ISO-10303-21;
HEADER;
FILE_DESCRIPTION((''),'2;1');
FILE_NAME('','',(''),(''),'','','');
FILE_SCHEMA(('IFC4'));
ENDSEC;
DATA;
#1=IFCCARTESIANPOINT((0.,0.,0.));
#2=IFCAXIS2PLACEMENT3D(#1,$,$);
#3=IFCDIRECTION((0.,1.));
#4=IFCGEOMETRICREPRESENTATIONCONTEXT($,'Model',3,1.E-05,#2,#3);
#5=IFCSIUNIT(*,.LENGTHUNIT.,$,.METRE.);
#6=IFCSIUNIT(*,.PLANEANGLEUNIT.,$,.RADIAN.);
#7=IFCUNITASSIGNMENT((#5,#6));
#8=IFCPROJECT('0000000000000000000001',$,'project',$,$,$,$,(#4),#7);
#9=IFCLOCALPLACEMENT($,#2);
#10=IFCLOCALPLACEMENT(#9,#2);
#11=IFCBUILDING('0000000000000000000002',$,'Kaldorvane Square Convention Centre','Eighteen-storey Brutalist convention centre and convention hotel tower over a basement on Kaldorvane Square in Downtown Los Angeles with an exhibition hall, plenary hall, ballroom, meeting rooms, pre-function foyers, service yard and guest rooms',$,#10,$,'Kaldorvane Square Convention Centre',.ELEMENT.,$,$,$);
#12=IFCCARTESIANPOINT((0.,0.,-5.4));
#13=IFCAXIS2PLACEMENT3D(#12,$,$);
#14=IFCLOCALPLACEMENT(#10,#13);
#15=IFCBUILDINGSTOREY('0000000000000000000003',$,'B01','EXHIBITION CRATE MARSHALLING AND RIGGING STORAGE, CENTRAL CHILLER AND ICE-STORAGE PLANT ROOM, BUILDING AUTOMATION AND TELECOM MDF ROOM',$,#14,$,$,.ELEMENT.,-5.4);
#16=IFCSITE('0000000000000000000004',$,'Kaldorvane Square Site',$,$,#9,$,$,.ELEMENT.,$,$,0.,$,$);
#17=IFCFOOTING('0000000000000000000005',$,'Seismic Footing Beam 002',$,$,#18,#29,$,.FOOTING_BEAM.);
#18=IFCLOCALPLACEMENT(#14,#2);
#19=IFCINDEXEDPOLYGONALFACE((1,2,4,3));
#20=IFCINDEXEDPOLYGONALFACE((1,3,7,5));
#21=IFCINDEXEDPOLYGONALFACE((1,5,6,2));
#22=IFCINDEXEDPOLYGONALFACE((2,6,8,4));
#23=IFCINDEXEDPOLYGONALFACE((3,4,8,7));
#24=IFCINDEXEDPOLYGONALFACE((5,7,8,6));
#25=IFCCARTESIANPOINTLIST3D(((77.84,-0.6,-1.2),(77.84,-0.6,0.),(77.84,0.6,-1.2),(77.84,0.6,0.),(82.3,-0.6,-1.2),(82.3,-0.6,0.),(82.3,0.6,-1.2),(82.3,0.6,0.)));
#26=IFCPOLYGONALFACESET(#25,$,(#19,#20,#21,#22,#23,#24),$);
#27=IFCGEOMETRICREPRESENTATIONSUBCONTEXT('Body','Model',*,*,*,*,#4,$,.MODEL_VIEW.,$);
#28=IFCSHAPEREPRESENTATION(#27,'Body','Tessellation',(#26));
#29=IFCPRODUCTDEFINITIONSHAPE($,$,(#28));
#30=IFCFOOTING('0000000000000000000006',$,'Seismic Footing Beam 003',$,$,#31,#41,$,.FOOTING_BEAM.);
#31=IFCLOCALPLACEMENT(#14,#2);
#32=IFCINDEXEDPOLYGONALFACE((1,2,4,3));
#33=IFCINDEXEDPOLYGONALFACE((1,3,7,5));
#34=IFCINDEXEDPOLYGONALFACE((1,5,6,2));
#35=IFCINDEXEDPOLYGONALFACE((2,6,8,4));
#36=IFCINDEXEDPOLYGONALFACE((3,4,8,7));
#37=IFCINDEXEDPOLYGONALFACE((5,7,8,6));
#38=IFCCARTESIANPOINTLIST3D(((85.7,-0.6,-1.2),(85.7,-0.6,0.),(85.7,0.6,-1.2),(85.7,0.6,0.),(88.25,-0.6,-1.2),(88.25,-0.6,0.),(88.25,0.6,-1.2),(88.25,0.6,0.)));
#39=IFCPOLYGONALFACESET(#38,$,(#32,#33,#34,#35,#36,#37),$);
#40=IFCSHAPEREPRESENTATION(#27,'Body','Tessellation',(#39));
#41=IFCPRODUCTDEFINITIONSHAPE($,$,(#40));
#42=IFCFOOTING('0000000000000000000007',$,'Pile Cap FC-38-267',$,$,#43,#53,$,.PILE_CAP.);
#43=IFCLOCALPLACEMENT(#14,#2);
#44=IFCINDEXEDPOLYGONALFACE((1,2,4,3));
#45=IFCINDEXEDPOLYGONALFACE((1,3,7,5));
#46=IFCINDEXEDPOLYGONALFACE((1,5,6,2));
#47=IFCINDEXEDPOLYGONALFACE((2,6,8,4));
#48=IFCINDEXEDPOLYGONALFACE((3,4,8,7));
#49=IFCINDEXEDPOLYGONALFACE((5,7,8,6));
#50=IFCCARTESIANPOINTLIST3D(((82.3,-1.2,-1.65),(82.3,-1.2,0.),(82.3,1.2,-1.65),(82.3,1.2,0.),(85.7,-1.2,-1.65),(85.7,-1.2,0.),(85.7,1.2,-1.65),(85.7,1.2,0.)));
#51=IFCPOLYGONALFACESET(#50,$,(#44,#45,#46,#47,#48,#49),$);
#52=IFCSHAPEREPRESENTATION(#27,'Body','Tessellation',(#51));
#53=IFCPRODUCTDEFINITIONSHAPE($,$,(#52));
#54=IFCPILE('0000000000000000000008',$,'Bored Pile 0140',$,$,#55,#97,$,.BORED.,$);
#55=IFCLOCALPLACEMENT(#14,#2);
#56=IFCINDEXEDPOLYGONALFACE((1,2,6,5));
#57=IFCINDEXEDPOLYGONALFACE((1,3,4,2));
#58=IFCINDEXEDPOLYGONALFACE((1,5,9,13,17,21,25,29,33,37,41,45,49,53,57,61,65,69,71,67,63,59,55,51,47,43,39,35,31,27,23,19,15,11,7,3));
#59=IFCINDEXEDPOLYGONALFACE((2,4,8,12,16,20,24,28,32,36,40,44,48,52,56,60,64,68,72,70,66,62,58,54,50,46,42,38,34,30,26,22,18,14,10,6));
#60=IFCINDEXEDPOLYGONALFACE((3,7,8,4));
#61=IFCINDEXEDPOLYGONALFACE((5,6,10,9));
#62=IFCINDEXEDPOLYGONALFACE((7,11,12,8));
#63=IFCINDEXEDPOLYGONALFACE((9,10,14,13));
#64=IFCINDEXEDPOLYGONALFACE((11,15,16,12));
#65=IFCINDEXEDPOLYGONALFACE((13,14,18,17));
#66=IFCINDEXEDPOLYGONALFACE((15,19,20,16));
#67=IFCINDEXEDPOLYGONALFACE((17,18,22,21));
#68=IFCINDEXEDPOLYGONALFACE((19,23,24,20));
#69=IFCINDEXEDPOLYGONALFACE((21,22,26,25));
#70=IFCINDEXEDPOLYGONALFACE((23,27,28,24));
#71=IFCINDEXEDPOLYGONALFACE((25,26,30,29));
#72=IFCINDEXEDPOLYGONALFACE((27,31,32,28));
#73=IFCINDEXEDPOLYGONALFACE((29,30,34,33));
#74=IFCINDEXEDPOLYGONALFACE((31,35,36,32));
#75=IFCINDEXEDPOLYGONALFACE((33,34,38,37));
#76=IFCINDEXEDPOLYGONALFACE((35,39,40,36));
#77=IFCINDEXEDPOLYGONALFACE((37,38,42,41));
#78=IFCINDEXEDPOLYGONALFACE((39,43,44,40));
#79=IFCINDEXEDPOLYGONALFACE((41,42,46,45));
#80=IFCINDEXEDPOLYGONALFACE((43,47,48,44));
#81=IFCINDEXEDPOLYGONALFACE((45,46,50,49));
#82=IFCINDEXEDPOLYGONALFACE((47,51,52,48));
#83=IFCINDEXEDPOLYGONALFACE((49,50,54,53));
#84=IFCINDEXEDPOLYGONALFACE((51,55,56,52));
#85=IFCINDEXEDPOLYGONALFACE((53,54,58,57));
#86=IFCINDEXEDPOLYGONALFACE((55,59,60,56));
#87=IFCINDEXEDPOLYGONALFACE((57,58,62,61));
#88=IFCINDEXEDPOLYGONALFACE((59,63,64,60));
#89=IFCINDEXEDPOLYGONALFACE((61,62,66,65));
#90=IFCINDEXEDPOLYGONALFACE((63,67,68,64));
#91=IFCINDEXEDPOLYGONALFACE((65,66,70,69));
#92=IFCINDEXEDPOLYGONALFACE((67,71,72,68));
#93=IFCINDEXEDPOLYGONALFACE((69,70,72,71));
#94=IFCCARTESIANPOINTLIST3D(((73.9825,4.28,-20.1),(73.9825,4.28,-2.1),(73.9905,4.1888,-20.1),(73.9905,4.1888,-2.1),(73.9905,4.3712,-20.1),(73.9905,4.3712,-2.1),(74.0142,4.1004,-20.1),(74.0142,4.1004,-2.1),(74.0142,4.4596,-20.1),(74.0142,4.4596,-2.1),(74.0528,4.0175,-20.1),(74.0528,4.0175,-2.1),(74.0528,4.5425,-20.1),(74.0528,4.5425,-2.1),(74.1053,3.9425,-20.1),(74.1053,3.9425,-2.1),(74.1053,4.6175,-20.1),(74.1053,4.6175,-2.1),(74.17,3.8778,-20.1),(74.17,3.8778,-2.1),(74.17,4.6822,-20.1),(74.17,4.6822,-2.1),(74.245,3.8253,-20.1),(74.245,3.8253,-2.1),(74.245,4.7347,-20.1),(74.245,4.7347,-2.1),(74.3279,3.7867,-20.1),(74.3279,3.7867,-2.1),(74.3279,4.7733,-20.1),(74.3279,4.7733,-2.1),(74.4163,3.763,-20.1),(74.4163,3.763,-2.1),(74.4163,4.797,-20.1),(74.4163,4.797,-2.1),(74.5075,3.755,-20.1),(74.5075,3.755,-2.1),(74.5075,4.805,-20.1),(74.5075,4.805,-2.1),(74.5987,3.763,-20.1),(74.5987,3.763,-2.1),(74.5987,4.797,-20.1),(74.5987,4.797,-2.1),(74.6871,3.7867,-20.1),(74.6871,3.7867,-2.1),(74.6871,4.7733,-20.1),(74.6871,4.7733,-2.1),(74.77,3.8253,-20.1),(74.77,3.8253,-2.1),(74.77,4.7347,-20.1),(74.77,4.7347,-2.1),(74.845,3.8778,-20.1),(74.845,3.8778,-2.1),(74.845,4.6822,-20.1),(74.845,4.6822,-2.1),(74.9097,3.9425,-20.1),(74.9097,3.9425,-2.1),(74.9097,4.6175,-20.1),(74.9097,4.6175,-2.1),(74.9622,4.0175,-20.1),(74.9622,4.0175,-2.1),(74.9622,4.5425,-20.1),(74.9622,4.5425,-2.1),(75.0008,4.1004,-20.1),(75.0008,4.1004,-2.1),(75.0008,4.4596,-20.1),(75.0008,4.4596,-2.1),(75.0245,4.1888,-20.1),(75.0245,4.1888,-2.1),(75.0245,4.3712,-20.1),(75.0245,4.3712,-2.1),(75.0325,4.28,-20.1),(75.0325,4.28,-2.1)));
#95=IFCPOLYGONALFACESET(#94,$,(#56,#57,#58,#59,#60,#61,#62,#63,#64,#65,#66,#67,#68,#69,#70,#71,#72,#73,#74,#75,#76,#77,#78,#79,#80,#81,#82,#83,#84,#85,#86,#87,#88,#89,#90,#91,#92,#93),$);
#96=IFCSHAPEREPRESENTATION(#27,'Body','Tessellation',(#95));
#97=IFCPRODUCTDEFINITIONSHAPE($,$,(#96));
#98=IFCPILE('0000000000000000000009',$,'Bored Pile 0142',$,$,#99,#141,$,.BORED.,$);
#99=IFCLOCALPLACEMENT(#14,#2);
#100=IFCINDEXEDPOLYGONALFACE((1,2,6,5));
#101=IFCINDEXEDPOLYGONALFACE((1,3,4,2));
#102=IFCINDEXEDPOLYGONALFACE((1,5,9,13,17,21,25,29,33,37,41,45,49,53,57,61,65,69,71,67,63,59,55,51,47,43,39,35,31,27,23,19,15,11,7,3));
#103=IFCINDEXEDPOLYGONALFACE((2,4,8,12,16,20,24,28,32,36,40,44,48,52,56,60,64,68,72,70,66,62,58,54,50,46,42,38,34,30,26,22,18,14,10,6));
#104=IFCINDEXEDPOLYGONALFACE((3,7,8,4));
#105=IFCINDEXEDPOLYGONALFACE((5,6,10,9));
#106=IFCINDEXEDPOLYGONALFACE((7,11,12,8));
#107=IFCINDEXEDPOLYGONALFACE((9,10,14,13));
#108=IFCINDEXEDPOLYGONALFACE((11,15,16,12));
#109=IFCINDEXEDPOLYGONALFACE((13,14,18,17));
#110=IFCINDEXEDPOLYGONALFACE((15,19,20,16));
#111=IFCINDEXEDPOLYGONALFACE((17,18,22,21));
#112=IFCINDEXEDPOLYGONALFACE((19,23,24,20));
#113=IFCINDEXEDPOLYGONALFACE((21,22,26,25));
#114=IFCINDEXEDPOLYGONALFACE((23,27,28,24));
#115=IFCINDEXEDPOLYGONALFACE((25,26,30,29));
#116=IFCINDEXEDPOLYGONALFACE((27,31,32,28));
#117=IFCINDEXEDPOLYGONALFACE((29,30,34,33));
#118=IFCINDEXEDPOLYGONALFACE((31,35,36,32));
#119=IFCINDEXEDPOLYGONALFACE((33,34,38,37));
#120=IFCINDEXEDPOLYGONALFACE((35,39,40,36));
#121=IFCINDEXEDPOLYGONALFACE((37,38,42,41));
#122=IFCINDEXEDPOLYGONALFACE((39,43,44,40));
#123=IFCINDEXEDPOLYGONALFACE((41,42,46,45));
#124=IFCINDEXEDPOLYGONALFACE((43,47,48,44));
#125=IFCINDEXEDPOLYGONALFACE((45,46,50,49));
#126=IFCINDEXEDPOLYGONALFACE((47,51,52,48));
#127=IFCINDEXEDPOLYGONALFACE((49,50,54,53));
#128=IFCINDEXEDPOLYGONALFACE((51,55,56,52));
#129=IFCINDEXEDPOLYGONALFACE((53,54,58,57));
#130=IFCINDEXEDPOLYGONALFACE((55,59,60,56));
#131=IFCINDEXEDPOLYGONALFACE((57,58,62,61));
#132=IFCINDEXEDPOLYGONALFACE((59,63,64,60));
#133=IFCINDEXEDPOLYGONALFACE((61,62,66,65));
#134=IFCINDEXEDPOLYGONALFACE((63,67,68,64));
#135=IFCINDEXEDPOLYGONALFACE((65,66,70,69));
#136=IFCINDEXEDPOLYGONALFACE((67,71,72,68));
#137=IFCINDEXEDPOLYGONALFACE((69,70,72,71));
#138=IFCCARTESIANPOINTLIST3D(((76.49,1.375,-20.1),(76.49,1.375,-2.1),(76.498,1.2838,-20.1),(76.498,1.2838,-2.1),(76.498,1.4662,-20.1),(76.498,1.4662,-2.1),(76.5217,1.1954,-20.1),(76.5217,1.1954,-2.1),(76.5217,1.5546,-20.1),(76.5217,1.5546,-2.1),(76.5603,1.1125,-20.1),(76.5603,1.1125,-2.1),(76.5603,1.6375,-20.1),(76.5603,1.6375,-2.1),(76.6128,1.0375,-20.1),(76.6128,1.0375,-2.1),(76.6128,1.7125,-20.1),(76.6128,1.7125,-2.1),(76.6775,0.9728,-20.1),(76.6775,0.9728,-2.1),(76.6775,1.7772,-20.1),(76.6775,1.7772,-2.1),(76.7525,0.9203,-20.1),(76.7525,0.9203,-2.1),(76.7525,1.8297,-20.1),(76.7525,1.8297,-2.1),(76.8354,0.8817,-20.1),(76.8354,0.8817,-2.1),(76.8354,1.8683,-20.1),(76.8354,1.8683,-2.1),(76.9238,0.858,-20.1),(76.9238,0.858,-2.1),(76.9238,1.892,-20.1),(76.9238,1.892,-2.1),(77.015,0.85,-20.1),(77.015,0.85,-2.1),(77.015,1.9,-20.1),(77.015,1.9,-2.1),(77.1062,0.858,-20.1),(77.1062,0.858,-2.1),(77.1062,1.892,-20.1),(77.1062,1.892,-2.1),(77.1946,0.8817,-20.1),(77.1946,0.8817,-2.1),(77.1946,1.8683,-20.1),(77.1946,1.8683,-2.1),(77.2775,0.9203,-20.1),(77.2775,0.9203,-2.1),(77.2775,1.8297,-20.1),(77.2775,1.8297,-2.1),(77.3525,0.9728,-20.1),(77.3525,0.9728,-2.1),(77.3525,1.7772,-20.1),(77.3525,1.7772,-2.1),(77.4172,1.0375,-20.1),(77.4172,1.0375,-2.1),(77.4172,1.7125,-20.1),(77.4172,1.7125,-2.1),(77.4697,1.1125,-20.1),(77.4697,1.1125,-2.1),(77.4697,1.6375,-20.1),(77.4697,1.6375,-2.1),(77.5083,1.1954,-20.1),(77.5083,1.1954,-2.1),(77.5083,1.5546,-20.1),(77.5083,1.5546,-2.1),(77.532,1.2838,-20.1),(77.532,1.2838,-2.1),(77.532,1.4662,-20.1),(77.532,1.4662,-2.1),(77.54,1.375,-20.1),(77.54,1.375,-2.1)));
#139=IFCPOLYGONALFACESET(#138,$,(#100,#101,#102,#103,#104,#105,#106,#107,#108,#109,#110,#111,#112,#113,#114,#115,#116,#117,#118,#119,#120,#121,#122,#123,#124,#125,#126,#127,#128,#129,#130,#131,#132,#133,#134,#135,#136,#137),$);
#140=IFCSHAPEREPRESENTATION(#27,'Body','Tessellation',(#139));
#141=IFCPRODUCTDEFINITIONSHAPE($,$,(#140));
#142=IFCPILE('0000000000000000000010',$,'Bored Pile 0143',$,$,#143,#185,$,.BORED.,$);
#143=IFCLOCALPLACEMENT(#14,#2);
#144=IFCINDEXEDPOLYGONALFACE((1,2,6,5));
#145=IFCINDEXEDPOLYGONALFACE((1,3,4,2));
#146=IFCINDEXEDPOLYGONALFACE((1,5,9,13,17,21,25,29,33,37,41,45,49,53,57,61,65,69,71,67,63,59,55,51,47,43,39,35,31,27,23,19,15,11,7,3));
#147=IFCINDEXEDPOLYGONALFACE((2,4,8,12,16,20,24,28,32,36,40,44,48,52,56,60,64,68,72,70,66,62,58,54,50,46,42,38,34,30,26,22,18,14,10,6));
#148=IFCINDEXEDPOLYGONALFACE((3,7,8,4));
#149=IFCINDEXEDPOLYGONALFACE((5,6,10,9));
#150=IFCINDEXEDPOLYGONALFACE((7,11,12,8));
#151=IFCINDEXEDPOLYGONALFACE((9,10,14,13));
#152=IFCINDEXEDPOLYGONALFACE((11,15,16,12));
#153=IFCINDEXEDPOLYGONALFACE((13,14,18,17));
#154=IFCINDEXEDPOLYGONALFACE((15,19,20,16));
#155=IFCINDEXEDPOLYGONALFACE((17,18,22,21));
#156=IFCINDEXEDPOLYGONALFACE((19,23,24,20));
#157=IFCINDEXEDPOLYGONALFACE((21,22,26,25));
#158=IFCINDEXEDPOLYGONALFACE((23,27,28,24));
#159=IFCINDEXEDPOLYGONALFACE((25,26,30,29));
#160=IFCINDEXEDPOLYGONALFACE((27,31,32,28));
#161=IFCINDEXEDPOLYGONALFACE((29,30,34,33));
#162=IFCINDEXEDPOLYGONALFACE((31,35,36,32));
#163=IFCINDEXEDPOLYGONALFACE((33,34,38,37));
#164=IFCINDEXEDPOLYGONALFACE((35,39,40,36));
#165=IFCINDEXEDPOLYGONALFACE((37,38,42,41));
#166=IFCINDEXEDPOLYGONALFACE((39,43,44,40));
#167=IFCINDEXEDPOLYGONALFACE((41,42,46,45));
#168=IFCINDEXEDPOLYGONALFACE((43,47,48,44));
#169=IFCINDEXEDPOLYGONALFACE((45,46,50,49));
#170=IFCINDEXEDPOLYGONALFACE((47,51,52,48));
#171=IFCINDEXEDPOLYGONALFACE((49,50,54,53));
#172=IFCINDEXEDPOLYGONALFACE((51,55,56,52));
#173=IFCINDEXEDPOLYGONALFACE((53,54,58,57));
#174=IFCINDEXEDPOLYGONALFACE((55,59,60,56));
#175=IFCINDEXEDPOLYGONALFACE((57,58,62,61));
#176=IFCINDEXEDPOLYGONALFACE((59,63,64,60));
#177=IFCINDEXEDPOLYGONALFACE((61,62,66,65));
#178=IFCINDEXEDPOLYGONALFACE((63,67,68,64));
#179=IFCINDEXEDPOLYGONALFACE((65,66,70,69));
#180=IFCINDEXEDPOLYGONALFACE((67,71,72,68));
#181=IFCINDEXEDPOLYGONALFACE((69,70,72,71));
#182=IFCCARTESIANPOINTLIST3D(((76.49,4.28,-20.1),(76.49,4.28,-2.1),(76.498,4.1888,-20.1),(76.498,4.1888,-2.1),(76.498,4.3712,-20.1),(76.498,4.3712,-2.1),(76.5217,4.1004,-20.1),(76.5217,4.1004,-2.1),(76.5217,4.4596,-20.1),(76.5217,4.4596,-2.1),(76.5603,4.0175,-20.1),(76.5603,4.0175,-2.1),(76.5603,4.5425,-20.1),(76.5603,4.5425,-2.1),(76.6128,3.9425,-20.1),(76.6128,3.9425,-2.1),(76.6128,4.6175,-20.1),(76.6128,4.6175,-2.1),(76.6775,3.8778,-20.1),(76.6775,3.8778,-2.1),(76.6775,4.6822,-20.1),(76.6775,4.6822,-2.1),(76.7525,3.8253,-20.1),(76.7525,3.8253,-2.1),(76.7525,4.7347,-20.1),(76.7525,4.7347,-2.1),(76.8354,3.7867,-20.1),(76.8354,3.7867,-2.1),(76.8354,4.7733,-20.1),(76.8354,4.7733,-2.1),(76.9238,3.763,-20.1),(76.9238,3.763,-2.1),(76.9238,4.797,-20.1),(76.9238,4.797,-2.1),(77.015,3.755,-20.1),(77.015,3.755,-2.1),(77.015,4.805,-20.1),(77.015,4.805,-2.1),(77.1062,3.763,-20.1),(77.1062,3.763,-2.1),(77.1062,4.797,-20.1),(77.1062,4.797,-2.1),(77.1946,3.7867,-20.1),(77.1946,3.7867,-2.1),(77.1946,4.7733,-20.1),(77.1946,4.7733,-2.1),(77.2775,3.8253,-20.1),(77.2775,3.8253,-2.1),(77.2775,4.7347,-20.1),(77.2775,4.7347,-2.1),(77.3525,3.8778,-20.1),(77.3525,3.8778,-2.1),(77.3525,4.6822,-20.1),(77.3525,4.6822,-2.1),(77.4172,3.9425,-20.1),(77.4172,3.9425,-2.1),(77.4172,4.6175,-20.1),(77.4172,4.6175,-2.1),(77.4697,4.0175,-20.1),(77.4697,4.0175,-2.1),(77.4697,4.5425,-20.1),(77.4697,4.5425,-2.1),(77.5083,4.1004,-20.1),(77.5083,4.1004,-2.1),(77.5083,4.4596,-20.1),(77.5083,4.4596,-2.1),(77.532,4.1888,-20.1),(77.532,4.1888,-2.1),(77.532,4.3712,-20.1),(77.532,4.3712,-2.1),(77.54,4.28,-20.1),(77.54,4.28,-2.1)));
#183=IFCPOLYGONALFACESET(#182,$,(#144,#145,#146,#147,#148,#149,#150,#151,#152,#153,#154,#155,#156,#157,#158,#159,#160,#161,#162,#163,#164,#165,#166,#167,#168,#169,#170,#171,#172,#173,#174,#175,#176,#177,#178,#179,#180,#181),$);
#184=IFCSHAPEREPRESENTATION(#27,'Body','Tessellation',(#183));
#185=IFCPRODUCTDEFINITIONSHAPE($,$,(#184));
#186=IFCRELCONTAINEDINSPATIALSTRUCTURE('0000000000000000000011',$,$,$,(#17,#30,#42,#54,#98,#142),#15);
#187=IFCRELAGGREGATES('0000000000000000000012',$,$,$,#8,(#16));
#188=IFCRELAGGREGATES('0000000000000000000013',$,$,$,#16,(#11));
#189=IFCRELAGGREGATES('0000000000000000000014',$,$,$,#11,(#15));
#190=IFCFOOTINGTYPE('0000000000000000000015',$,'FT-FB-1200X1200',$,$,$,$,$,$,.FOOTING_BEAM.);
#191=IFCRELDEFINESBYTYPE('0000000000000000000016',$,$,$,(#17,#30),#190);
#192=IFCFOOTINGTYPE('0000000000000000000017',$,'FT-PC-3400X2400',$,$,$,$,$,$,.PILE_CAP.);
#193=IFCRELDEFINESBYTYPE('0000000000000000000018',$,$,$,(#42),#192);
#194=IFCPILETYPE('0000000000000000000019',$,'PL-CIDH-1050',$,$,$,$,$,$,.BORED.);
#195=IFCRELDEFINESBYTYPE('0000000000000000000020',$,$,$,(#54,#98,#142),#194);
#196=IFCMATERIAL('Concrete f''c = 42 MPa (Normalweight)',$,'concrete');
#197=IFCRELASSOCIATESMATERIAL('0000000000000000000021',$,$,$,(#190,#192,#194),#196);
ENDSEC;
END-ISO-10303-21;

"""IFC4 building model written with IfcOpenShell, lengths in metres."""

from ifc_helpers import new_model, si_unit, direction, frame, origin, origin_2d, place, context, subcontext, project, spatial, rectangle, circle, extrude, material, material_profile, profile_set, type_object, element, save


model = new_model("IFC4")

# Units and contexts
model_context = context("Model", 3, precision=1e-05, world=origin(), true_north=direction((0.0, 1.0)))
body_context = subcontext(model_context, "Body", "Model", "MODEL_VIEW")
ifc_project = project(units=[si_unit("LENGTHUNIT", "METRE"), si_unit("PLANEANGLEUNIT", "RADIAN")], contexts=[model_context])

# Site, building, storey
site_placement = place(None, origin())
site = spatial("IfcSite", under=ifc_project, at=site_placement, Name="Kaldorvane Square Site", CompositionType="ELEMENT", RefElevation=0.0)
building_placement = place(site_placement, origin())
building = spatial("IfcBuilding", under=site, at=building_placement, Name="Kaldorvane Square Convention Centre", Description="Eighteen-storey Brutalist convention centre and convention hotel tower over a basement on Kaldorvane Square in Downtown Los Angeles with an exhibition hall, plenary hall, ballroom, meeting rooms, pre-function foyers, service yard and guest rooms", LongName="Kaldorvane Square Convention Centre", CompositionType="ELEMENT")
storey_placement = place(building_placement, frame((0.0, 0.0, -5.4)))
storey = spatial("IfcBuildingStorey", under=building, at=storey_placement, Name="B01", Description="EXHIBITION CRATE MARSHALLING AND RIGGING STORAGE, CENTRAL CHILLER AND ICE-STORAGE PLANT ROOM, BUILDING AUTOMATION AND TELECOM MDF ROOM", CompositionType="ELEMENT", Elevation=-5.4)

# Footings
ifc_material_1 = material(Name="Concrete f'c = 42 MPa (Normalweight)", Category="concrete")
footing_type_1 = type_object("IfcFootingType", Name="FT-FB-1200X1200", PredefinedType="FOOTING_BEAM", material=ifc_material_1)
footing_1_placement = place(storey_placement, frame((80.07, 0.0, -1.2), z_axis=(0.0, 0.0, 1.0), x_axis=(1.0, 0.0, 0.0)))
element("IfcFooting", 1, at=footing_1_placement, inside=storey, type_object=footing_type_1, Name="Seismic Footing Beam 002", PredefinedType="FOOTING_BEAM", context=body_context, shape_type="SweptSolid", body=[
    extrude(rectangle(XDim=4.46, YDim=1.2, at=origin_2d()), origin(), (0.0, 0.0, 1.0), 1.2),
])
footing_2_placement = place(storey_placement, frame((86.975, 0.0, -1.2), z_axis=(0.0, 0.0, 1.0), x_axis=(1.0, 0.0, 0.0)))
element("IfcFooting", 2, at=footing_2_placement, inside=storey, type_object=footing_type_1, Name="Seismic Footing Beam 003", PredefinedType="FOOTING_BEAM", context=body_context, shape_type="SweptSolid", body=[
    extrude(rectangle(XDim=2.55, YDim=1.2, at=origin_2d()), origin(), (0.0, 0.0, 1.0), 1.2),
])
footing_type_2 = type_object("IfcFootingType", Name="FT-PC-3400X2400", PredefinedType="PILE_CAP", material=ifc_material_1)
footing_3_placement = place(storey_placement, frame((84.0, 0.0, -1.65), z_axis=(0.0, 0.0, 1.0), x_axis=(1.0, 0.0, 0.0)))
element("IfcFooting", 3, at=footing_3_placement, inside=storey, type_object=footing_type_2, Name="Pile Cap FC-38-267", PredefinedType="PILE_CAP", context=body_context, shape_type="SweptSolid", body=[
    extrude(rectangle(XDim=3.4, YDim=2.4, at=origin_2d()), origin(), (0.0, 0.0, 1.0), 1.65),
])

# Piles
ifc_material_profile_1 = material_profile(ifc_material_1, circle(Radius=0.525, at=origin_2d()), Name="PILE-D1050")
ifc_profile_set_1 = profile_set([ifc_material_profile_1], Name="Concrete f'c = 42 MPa (Normalweight)")
pile_type_1 = type_object("IfcPileType", Name="PL-CIDH-1050", PredefinedType="BORED", material=ifc_profile_set_1)
for number, where, z_axis, x_axis, name in (
    (4, (74.5075, 4.28, -2.1), (0.0, 0.0, -1.0), (1.0, 0.0, 0.0), "Bored Pile 0140"),
    (5, (77.015, 1.375, -2.1), (0.0, 0.0, -1.0), (1.0, 0.0, 0.0), "Bored Pile 0142"),
    (6, (77.015, 4.28, -2.1), (0.0, 0.0, -1.0), (1.0, 0.0, 0.0), "Bored Pile 0143"),
):
    element("IfcPile", number, at=place(storey_placement, frame(where, z_axis=z_axis, x_axis=x_axis)), inside=storey, type_object=pile_type_1, Name=name, PredefinedType="BORED", context=body_context, shape_type="SweptSolid", body=[
        extrude(circle(Radius=0.525, at=origin_2d()), origin(), (0.0, 0.0, 1.0), 18.0),
    ])

save(model, "model.ifc")
